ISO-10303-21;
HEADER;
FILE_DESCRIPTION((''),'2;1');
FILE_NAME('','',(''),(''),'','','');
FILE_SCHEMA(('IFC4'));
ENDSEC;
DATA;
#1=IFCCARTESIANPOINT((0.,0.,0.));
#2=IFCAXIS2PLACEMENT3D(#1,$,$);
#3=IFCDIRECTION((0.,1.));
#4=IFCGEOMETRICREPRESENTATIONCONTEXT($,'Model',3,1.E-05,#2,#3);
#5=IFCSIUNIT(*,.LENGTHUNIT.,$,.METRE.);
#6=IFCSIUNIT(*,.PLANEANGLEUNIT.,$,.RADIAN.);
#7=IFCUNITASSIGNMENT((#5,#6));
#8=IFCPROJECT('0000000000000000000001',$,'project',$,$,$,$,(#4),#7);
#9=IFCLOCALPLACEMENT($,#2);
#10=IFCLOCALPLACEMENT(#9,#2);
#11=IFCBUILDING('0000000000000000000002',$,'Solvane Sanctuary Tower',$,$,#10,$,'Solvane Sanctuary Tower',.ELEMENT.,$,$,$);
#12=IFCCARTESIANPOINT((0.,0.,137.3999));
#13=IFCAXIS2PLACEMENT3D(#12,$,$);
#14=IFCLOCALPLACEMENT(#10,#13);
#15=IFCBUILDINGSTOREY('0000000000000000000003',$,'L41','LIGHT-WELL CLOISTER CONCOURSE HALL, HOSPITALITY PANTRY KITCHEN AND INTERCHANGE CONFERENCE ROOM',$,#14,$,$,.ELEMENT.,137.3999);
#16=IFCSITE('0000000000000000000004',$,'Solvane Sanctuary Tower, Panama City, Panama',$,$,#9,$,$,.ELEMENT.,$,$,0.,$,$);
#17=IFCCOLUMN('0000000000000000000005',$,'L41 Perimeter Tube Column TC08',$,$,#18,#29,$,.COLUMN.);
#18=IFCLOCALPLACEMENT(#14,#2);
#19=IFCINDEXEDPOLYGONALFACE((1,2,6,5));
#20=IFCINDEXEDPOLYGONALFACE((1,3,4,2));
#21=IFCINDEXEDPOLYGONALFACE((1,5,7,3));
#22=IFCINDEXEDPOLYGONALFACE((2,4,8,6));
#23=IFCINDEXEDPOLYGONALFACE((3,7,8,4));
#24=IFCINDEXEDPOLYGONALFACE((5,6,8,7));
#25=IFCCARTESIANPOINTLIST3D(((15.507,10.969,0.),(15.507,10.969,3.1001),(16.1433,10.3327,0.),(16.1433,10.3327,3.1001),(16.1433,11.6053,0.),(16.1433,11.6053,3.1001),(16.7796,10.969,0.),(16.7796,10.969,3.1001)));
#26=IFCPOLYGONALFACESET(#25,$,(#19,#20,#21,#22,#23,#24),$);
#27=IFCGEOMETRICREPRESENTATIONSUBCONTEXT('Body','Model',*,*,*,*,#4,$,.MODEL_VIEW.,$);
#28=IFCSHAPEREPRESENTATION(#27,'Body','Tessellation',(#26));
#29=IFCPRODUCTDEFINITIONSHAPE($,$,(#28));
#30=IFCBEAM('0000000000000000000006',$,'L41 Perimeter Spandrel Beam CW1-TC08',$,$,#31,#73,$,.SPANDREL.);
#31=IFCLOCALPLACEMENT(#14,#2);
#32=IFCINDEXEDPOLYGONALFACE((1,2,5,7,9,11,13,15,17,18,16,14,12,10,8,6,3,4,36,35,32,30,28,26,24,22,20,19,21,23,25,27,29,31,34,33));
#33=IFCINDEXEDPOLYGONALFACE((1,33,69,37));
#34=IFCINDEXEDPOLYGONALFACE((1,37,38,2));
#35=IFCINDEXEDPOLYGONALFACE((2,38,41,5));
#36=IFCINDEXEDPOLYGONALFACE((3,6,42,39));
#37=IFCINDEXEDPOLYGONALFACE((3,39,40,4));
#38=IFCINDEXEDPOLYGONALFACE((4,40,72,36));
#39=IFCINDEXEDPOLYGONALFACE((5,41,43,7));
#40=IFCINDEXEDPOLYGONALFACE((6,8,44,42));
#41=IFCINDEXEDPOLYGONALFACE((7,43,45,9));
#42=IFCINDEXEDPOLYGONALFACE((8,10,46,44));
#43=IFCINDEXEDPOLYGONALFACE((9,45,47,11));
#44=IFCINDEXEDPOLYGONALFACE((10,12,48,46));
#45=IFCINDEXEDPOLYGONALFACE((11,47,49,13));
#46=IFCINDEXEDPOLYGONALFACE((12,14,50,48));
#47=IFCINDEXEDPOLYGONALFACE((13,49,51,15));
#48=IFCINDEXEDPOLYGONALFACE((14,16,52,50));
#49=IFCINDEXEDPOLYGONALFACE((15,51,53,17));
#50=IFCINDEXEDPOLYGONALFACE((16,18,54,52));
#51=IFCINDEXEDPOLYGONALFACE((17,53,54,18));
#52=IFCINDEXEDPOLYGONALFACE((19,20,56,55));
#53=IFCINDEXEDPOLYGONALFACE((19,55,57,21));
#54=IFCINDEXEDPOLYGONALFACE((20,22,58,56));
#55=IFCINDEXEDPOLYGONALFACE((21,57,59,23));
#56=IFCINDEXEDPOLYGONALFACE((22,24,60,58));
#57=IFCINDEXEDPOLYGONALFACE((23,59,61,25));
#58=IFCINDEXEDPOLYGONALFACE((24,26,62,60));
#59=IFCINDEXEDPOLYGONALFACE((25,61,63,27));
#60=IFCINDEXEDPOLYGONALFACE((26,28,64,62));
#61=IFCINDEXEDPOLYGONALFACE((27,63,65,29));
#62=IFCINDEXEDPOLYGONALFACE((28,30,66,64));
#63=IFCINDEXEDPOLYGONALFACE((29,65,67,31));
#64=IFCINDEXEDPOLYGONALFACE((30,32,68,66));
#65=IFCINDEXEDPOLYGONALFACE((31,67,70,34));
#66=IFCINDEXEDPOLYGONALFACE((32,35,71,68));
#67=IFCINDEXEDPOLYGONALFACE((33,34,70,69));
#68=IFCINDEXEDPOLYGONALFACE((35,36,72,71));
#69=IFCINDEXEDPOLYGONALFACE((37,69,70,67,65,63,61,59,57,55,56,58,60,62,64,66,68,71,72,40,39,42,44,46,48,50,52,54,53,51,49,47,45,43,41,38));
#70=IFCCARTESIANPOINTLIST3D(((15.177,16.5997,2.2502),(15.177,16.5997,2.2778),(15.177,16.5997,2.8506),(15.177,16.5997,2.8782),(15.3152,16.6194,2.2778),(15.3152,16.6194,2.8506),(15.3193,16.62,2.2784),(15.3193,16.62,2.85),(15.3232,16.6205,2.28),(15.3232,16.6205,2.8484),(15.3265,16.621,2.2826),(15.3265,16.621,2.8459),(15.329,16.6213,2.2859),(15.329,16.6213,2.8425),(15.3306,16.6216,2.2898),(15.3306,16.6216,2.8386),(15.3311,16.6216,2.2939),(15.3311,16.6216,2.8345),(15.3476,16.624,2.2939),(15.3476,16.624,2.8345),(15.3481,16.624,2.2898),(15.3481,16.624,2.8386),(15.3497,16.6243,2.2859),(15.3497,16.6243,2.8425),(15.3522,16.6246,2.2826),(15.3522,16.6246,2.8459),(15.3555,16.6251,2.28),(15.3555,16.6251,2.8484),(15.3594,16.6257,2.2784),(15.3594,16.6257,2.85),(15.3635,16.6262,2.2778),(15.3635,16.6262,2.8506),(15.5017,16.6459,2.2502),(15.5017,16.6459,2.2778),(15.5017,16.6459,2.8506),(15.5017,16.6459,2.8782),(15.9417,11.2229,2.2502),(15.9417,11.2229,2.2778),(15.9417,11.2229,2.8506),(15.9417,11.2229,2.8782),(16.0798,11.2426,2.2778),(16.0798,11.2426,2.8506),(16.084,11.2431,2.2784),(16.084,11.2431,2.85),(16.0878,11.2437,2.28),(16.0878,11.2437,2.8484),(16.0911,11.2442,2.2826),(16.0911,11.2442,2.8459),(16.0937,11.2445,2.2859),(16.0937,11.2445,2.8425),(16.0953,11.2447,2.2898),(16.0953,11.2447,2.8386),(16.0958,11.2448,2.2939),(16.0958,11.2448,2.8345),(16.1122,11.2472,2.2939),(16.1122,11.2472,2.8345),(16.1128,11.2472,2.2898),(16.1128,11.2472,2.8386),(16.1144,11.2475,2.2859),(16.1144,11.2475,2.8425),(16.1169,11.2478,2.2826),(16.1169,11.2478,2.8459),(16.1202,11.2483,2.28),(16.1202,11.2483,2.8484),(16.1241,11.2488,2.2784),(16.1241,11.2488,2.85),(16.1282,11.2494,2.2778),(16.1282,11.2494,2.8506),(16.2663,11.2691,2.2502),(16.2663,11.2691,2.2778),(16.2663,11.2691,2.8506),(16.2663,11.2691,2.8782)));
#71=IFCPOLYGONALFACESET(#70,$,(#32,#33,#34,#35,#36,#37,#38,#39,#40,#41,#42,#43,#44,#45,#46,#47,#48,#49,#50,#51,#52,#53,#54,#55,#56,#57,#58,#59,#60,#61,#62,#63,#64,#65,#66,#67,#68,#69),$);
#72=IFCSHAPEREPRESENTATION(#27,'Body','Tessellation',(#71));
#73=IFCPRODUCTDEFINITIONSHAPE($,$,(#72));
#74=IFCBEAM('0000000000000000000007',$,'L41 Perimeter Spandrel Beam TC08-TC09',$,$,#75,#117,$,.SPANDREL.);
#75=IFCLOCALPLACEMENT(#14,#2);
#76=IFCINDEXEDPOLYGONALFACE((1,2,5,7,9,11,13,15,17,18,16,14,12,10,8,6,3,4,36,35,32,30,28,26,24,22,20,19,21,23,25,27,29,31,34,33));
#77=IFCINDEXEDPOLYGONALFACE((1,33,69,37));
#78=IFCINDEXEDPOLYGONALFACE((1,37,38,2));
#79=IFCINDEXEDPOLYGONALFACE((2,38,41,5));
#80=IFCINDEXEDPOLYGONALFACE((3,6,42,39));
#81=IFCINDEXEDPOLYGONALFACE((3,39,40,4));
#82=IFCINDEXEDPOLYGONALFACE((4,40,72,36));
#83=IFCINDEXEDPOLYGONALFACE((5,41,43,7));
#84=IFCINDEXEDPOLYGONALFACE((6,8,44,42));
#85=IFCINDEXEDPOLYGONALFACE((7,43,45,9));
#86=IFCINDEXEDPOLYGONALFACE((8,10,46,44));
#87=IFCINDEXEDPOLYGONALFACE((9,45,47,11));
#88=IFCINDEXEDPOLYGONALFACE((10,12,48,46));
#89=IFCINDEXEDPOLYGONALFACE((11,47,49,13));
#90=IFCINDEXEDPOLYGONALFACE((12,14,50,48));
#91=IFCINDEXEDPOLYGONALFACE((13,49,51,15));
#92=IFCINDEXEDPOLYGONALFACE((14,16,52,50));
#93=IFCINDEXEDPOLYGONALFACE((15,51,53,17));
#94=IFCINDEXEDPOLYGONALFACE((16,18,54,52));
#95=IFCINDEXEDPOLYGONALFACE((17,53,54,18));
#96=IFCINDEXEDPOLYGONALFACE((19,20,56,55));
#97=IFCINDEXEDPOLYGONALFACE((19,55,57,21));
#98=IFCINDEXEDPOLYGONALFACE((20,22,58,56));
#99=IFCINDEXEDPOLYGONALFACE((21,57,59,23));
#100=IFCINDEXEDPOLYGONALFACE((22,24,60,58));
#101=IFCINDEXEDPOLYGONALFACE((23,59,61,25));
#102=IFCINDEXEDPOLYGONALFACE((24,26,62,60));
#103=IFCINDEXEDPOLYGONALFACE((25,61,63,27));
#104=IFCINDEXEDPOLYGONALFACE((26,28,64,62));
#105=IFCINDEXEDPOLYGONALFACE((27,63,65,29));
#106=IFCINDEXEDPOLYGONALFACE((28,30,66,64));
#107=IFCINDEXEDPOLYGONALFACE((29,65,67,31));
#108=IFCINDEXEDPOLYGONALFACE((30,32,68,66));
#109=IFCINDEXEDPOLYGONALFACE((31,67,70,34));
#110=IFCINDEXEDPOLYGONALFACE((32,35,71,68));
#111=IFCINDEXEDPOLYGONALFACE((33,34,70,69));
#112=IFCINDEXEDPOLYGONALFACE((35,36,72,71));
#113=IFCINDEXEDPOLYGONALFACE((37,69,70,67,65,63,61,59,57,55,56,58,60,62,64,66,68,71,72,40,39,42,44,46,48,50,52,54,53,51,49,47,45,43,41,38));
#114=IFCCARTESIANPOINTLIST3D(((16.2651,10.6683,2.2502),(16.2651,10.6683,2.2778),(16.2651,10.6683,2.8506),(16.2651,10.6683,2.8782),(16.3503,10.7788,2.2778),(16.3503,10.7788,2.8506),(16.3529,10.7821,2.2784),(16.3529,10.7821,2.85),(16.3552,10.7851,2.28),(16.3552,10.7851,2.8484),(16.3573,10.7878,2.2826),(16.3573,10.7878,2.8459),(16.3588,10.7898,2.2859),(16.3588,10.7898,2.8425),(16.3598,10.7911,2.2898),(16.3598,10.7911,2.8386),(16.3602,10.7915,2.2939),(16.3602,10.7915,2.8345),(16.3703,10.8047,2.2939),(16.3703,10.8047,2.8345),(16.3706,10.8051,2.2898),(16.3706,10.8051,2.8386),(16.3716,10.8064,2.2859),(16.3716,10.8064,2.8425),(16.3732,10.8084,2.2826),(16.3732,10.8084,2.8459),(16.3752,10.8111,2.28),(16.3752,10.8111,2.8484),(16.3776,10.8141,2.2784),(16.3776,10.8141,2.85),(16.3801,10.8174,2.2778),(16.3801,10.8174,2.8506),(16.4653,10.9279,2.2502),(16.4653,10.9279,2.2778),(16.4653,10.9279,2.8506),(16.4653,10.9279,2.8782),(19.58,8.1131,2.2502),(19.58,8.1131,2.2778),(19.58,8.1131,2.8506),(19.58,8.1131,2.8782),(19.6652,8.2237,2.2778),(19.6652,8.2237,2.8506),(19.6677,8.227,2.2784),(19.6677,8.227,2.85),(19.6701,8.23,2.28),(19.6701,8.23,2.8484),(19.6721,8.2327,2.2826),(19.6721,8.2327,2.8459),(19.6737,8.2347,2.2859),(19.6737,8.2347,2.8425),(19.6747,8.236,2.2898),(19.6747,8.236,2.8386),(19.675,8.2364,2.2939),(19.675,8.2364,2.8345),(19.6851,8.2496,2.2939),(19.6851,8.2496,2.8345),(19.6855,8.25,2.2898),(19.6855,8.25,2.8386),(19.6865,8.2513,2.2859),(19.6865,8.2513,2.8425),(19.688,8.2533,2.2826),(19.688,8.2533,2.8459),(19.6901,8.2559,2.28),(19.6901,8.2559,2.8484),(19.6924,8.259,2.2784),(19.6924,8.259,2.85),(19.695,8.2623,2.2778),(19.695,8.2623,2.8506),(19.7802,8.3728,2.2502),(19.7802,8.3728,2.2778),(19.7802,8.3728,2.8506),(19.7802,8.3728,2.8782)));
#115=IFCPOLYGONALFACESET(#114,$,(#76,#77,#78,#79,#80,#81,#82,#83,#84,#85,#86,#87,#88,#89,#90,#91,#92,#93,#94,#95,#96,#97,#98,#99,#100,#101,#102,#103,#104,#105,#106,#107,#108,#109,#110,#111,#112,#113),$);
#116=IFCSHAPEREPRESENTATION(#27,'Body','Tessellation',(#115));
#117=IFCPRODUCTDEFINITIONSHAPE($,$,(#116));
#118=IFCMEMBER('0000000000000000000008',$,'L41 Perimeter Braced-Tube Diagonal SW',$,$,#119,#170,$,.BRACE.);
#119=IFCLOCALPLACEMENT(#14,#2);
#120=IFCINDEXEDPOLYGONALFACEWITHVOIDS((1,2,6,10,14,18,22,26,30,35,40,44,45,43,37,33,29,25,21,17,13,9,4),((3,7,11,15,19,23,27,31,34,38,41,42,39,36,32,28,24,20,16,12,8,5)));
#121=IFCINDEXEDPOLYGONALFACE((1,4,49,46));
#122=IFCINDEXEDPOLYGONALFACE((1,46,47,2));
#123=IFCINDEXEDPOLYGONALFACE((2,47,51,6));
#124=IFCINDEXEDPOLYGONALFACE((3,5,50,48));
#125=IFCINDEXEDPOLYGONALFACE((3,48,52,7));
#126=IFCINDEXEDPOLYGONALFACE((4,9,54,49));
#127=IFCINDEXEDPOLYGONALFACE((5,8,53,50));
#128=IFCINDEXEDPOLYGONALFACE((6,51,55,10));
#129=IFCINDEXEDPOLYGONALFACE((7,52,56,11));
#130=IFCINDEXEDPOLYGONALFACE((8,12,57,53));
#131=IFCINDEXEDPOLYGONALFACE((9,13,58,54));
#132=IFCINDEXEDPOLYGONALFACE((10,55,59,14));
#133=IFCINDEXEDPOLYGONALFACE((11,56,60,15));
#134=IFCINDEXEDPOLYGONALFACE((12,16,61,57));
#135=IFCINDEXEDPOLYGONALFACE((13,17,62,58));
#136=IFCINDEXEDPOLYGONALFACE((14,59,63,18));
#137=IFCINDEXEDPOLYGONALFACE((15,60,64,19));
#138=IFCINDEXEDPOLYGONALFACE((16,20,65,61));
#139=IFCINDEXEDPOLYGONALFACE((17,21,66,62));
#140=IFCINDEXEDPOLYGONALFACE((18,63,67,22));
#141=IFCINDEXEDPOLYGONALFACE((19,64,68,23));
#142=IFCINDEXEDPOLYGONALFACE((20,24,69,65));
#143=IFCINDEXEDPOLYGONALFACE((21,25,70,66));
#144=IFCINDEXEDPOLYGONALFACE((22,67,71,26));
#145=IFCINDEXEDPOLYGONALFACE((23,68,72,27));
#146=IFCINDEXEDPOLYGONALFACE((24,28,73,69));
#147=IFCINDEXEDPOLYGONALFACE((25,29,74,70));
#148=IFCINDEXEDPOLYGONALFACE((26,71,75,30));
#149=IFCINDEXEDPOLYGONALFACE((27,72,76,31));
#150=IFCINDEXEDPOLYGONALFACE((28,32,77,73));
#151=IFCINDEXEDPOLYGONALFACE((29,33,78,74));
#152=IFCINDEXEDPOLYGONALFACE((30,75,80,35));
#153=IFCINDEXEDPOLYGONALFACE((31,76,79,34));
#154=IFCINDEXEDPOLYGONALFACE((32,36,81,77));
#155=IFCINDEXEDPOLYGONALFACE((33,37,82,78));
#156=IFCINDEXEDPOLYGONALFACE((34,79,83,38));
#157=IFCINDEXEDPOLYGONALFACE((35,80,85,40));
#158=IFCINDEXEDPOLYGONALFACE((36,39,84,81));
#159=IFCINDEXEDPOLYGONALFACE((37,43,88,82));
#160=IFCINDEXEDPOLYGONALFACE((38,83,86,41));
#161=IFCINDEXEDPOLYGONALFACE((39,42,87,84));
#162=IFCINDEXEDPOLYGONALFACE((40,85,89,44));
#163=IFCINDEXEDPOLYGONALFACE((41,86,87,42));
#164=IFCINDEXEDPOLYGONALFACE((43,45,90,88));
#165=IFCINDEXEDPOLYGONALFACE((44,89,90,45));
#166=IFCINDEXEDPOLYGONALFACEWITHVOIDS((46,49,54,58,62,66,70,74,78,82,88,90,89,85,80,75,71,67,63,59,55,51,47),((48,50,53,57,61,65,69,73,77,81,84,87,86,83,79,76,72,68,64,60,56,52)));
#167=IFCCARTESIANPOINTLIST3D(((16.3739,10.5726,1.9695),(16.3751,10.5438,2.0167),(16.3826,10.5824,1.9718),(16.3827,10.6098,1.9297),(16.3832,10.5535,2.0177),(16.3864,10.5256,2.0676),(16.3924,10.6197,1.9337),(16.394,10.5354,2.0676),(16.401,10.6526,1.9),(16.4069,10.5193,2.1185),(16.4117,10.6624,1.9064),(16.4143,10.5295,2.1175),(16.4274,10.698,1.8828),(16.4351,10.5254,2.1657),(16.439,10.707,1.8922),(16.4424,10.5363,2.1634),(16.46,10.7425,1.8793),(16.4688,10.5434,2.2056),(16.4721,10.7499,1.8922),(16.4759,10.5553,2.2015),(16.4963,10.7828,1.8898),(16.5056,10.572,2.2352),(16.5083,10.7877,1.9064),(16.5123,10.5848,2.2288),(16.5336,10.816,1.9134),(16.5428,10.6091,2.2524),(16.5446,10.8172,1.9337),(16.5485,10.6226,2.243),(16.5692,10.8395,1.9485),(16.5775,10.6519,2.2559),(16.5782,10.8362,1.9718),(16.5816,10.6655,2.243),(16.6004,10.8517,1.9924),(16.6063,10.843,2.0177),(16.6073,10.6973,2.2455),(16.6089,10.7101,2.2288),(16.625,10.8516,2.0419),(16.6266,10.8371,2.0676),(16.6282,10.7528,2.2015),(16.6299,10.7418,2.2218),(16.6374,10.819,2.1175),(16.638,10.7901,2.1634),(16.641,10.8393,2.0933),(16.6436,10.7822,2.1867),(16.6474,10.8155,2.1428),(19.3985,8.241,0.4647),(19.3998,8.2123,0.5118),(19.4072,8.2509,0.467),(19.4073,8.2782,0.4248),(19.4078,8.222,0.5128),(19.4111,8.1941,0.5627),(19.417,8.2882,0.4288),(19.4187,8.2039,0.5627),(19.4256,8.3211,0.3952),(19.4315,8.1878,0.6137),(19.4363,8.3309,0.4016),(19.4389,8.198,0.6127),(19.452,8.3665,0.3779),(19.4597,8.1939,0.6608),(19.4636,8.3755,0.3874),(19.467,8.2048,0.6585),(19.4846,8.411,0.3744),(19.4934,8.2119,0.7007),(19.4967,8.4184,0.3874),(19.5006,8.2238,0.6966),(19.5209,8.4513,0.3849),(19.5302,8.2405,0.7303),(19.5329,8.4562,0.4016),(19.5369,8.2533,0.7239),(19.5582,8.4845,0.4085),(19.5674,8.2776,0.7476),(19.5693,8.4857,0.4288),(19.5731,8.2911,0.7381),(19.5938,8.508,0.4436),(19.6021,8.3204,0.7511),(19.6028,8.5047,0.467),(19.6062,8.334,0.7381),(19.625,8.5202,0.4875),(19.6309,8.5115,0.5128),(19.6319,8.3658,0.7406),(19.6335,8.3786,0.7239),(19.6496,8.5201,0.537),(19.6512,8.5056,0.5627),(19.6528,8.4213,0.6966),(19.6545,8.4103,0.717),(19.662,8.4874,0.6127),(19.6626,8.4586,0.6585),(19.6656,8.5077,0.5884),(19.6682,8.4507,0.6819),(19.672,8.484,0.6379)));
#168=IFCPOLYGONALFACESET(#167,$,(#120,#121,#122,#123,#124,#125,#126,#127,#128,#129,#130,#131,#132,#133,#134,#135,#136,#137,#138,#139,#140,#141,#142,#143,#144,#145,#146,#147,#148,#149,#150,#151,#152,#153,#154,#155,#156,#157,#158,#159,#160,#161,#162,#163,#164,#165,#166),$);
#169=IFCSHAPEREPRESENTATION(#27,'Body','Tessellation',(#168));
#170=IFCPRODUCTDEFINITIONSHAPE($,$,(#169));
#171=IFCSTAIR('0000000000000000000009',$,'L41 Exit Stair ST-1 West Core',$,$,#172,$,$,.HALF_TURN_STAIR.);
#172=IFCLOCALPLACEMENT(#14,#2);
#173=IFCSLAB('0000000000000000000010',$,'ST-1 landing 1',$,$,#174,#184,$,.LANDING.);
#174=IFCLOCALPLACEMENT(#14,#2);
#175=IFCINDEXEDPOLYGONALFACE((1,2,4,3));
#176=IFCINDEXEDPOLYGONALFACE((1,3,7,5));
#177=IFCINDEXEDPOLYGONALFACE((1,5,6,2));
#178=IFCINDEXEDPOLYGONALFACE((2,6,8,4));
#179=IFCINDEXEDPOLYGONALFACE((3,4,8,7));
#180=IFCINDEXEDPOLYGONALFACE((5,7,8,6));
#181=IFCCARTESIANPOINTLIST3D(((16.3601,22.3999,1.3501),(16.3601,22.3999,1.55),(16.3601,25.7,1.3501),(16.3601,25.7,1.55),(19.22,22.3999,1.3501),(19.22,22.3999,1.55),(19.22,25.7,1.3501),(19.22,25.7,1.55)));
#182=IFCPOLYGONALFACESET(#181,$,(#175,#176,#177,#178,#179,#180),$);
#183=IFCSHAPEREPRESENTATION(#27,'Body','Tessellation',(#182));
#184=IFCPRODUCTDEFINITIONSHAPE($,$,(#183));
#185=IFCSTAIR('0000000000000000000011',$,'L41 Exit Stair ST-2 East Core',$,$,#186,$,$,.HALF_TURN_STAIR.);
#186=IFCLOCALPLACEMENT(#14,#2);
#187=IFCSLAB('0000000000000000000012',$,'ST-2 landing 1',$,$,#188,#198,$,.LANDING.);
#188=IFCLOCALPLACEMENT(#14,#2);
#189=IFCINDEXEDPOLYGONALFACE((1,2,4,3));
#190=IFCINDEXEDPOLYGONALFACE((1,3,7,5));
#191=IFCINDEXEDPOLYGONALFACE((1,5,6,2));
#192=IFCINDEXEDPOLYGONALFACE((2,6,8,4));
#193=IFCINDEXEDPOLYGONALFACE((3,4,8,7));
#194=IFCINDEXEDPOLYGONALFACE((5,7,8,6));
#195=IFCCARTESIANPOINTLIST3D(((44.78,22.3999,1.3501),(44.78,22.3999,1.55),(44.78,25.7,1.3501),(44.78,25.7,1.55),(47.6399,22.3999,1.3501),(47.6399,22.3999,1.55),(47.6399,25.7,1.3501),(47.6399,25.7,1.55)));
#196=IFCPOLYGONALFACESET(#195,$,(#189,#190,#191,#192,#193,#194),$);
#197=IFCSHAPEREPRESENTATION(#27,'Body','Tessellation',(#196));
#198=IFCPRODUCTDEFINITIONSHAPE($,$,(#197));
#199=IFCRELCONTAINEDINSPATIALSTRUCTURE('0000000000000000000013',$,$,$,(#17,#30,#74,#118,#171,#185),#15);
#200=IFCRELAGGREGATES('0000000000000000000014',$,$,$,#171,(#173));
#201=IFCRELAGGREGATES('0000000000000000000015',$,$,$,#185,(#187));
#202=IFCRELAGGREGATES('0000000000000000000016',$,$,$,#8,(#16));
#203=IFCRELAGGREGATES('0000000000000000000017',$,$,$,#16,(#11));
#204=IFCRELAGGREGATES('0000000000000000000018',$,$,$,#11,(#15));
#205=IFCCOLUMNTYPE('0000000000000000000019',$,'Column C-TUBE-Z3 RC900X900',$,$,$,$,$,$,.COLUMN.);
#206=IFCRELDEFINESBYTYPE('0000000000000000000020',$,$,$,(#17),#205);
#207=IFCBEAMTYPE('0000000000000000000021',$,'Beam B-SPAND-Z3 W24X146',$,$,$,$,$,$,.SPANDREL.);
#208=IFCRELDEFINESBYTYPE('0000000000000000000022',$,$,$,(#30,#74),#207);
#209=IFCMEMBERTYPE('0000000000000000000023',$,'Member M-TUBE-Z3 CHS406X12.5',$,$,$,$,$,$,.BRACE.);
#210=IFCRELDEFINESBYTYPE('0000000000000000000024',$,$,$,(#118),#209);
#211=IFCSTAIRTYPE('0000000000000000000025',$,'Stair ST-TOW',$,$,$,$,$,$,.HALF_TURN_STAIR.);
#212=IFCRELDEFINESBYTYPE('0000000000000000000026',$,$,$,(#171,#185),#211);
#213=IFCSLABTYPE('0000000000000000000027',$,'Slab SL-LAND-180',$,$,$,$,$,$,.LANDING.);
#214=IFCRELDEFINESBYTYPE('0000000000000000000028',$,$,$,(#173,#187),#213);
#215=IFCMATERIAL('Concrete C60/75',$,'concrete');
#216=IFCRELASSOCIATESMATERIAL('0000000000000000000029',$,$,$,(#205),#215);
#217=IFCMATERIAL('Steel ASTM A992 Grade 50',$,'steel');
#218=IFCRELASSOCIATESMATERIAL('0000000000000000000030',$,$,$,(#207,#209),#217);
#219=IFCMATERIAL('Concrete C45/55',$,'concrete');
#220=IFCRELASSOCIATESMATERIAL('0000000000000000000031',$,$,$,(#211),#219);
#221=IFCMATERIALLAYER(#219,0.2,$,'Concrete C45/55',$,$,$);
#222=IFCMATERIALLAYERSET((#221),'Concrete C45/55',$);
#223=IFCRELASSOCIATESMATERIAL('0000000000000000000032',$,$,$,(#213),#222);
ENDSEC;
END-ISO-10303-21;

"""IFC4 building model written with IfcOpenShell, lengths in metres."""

from ifc_helpers import new_model, si_unit, direction, frame, origin, origin_2d, place, context, subcontext, project, spatial, polyline, rectangle, hollow_circle, i_section, outline, extrude, material, layer, layer_set, material_profile, profile_set, type_object, element, aggregate, save


model = new_model("IFC4")

# Units and contexts
model_context = context("Model", 3, precision=1e-05, world=origin(), true_north=direction((0.0, 1.0)))
body_context = subcontext(model_context, "Body", "Model", "MODEL_VIEW")
ifc_project = project(units=[si_unit("LENGTHUNIT", "METRE"), si_unit("PLANEANGLEUNIT", "RADIAN")], contexts=[model_context])

# Site, building, storey
site_placement = place(None, origin())
site = spatial("IfcSite", under=ifc_project, at=site_placement, Name="Solvane Sanctuary Tower, Panama City, Panama", CompositionType="ELEMENT", RefElevation=0.0)
building_placement = place(site_placement, origin())
building = spatial("IfcBuilding", under=site, at=building_placement, Name="Solvane Sanctuary Tower", LongName="Solvane Sanctuary Tower", CompositionType="ELEMENT")
storey_placement = place(building_placement, frame((0.0, 0.0, 137.3999)))
storey = spatial("IfcBuildingStorey", under=building, at=storey_placement, Name="L41", Description="LIGHT-WELL CLOISTER CONCOURSE HALL, HOSPITALITY PANTRY KITCHEN AND INTERCHANGE CONFERENCE ROOM", CompositionType="ELEMENT", Elevation=137.3999)

# Column
ifc_material_1 = material(Name="Concrete C60/75", Category="concrete")
ifc_material_profile_1 = material_profile(ifc_material_1, rectangle(XDim=0.8999, YDim=0.8999, at=origin_2d()), Name="RC900X900")
ifc_profile_set_1 = profile_set([ifc_material_profile_1], Name="Concrete C60/75")
column_type = type_object("IfcColumnType", Name="Column C-TUBE-Z3 RC900X900", PredefinedType="COLUMN", material=ifc_profile_set_1)
column_placement = place(storey_placement, frame((16.1433, 10.969, 0.0), z_axis=(0.0, 0.0, 1.0), x_axis=(-0.707107, -0.707107, 0.0)))
element("IfcColumn", 1, at=column_placement, inside=storey, type_object=column_type, Name="L41 Perimeter Tube Column TC08", PredefinedType="COLUMN", context=body_context, shape_type="SweptSolid", body=[
    extrude(rectangle(XDim=0.8999, YDim=0.8999, at=origin_2d()), origin(), (0.0, 0.0, 1.0), 3.1001),
])

# Beams
ifc_material_2 = material(Name="Steel ASTM A992 Grade 50", Category="steel")
ifc_material_profile_2 = material_profile(ifc_material_2, i_section(OverallWidth=0.3279, OverallDepth=0.6279, WebThickness=0.0166, FlangeThickness=0.0276, FilletRadius=0.0161, at=origin_2d()), Name="W24X146")
ifc_profile_set_2 = profile_set([ifc_material_profile_2], Name="Steel ASTM A992 Grade 50")
beam_type = type_object("IfcBeamType", Name="Beam B-SPAND-Z3 W24X146", PredefinedType="SPANDREL", material=ifc_profile_set_2)
beam_1_placement = place(storey_placement, frame((15.3394, 16.6228, 2.5642), z_axis=(0.140798, -0.990038, 0.0), x_axis=(0.990038, 0.140798, 0.0)))
element("IfcBeam", 2, at=beam_1_placement, inside=storey, type_object=beam_type, Name="L41 Perimeter Spandrel Beam CW1-TC08", PredefinedType="SPANDREL", context=body_context, shape_type="SweptSolid", body=[
    extrude(i_section(OverallWidth=0.3279, OverallDepth=0.6279, WebThickness=0.0166, FlangeThickness=0.0276, FilletRadius=0.0161, at=origin_2d()), origin(), (0.0, 0.0, 1.0), 5.4309),
])
beam_2_placement = place(storey_placement, frame((16.3652, 10.7981, 2.5642), z_axis=(0.792021, -0.610494, 0.0), x_axis=(0.610494, 0.792021, 0.0)))
element("IfcBeam", 3, at=beam_2_placement, inside=storey, type_object=beam_type, Name="L41 Perimeter Spandrel Beam TC08-TC09", PredefinedType="SPANDREL", context=body_context, shape_type="SweptSolid", body=[
    extrude(i_section(OverallWidth=0.3279, OverallDepth=0.6279, WebThickness=0.0166, FlangeThickness=0.0276, FilletRadius=0.0161, at=origin_2d()), origin(), (0.0, 0.0, 1.0), 4.1853),
])

# Member
ifc_material_profile_3 = material_profile(ifc_material_2, hollow_circle(Radius=0.2029, WallThickness=0.0125, at=origin_2d()), Name="CHS406X12.5")
ifc_profile_set_3 = profile_set([ifc_material_profile_3], Name="Steel ASTM A992 Grade 50")
member_type = type_object("IfcMemberType", Name="Member M-TUBE-Z3 CHS406X12.5", PredefinedType="BRACE", material=ifc_profile_set_3)
member_placement = place(storey_placement, frame((19.5349, 8.3547, 0.5627), z_axis=(-0.73686, 0.568005, 0.366616), x_axis=(-0.610514, -0.792006, 0.0)))
element("IfcMember", 4, at=member_placement, inside=storey, type_object=member_type, Name="L41 Perimeter Braced-Tube Diagonal SW", PredefinedType="BRACE", context=body_context, shape_type="SweptSolid", body=[
    extrude(hollow_circle(Radius=0.2029, WallThickness=0.0125, at=origin_2d()), origin(), (0.0, 0.0, 1.0), 4.1047),
])

# Stairs, slabs
ifc_material_3 = material(Name="Concrete C45/55", Category="concrete")
stair_type = type_object("IfcStairType", Name="Stair ST-TOW", PredefinedType="HALF_TURN_STAIR", material=ifc_material_3)
stair_1_placement = place(storey_placement, origin())
stair_1 = element("IfcStair", 5, at=stair_1_placement, inside=storey, type_object=stair_type, Name="L41 Exit Stair ST-1 West Core", PredefinedType="HALF_TURN_STAIR")
ifc_layer_1 = layer(ifc_material_3, 0.2, Name="Concrete C45/55")
ifc_layer_set_1 = layer_set([ifc_layer_1], Name="Concrete C45/55")
slab_type_1 = type_object("IfcSlabType", Name="Slab SL-LAND-180", PredefinedType="LANDING", material=ifc_layer_set_1)
slab_1_placement = place(storey_placement, frame((0.0, 0.0, 1.3501)))
slab_1 = element("IfcSlab", 6, at=slab_1_placement, type_object=slab_type_1, Name="ST-1 landing 1", PredefinedType="LANDING", context=body_context, shape_type="SweptSolid", body=[
    extrude(outline(polyline([(19.22, 22.3999), (19.22, 25.7), (16.3601, 25.7), (16.3601, 22.3999), (19.22, 22.3999)])), origin(), (0.0, 0.0, 1.0), 0.2),
])
aggregate(stair_1, [slab_1])
stair_2_placement = place(storey_placement, origin())
stair_2 = element("IfcStair", 7, at=stair_2_placement, inside=storey, type_object=stair_type, Name="L41 Exit Stair ST-2 East Core", PredefinedType="HALF_TURN_STAIR")
slab_2_placement = place(storey_placement, frame((0.0, 0.0, 1.3501)))
slab_2 = element("IfcSlab", 8, at=slab_2_placement, type_object=slab_type_1, Name="ST-2 landing 1", PredefinedType="LANDING", context=body_context, shape_type="SweptSolid", body=[
    extrude(outline(polyline([(47.6399, 22.3999), (47.6399, 25.7), (44.78, 25.7), (44.78, 22.3999), (47.6399, 22.3999)])), origin(), (0.0, 0.0, 1.0), 0.2),
])
aggregate(stair_2, [slab_2])

save(model, "model.ifc")
